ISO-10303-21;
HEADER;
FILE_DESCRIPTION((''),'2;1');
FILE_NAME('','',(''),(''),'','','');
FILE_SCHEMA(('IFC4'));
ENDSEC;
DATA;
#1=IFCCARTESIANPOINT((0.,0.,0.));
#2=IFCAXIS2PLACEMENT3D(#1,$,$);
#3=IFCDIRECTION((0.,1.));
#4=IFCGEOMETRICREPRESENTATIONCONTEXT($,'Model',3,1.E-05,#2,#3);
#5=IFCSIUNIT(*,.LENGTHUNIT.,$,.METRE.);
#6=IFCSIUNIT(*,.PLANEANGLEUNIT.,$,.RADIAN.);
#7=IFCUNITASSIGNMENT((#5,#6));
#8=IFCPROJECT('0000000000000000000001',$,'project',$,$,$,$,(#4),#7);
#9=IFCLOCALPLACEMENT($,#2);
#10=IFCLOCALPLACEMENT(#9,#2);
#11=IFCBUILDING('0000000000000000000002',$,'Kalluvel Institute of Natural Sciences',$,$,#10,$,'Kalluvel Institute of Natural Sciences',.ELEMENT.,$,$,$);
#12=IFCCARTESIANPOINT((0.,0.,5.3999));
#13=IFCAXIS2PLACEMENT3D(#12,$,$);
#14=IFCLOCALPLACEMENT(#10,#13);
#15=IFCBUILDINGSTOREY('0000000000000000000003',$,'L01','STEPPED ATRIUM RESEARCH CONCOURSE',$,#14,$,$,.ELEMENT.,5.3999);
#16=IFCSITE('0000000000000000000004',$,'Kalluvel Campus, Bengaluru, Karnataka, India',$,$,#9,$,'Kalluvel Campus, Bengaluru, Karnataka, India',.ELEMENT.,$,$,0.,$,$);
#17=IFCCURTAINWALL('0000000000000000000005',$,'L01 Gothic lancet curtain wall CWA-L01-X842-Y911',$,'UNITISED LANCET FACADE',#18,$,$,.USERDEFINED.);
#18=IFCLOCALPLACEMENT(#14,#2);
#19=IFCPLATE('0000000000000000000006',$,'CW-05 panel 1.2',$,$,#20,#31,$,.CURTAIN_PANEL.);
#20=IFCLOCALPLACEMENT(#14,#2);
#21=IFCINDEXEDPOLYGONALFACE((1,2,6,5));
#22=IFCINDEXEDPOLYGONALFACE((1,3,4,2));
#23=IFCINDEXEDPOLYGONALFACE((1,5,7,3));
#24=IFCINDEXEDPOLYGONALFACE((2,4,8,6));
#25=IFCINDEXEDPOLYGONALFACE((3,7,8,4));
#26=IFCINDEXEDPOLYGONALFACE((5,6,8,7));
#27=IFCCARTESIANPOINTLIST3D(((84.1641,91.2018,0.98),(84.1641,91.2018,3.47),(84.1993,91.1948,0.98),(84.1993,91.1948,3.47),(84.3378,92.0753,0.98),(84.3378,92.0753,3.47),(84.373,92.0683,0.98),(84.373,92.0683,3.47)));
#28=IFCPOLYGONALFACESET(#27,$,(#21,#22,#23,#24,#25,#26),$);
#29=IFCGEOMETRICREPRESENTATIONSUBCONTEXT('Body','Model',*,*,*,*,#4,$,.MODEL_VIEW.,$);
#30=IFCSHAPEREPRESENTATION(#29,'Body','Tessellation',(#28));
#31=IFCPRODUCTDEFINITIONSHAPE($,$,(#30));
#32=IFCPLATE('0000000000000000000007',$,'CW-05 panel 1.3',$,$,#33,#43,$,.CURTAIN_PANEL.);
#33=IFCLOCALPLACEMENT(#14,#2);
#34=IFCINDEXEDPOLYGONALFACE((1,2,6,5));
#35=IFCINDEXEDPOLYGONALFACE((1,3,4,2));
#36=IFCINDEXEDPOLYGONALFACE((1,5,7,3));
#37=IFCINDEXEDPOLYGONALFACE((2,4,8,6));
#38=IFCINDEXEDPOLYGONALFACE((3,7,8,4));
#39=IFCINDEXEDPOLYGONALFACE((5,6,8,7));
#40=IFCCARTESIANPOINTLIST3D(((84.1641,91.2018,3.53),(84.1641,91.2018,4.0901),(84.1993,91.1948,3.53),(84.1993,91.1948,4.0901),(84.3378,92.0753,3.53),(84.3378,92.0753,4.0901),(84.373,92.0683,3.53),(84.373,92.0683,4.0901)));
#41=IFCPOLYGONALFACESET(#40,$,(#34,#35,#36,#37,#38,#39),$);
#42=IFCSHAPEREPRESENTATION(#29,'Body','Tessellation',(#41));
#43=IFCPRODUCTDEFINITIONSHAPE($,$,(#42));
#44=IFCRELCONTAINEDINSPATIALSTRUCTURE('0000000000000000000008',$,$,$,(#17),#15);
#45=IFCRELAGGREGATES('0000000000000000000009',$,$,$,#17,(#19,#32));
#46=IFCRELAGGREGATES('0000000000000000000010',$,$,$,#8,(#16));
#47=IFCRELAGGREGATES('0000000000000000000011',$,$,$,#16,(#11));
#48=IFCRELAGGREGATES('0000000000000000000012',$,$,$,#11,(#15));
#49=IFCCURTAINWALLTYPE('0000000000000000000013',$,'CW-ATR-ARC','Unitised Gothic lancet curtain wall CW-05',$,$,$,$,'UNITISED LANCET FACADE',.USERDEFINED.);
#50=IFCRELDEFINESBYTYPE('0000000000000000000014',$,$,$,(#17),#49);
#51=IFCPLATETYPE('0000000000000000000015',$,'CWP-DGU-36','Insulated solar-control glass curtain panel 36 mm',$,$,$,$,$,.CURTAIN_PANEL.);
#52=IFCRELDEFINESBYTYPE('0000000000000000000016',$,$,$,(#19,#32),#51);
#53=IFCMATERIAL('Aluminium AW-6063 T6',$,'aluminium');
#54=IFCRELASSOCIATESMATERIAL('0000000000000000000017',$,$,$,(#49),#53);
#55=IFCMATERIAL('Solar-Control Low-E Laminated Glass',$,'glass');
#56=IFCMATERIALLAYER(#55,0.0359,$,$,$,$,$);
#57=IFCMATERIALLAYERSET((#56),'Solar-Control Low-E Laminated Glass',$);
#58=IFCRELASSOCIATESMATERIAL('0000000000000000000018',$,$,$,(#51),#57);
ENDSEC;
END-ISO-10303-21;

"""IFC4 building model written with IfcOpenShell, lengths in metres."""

from ifc_helpers import new_model, si_unit, direction, frame, origin, origin_2d, place, context, subcontext, project, spatial, rectangle, extrude, material, layer, layer_set, type_object, element, aggregate, save


model = new_model("IFC4")

# Units and contexts
model_context = context("Model", 3, precision=1e-05, world=origin(), true_north=direction((0.0, 1.0)))
body_context = subcontext(model_context, "Body", "Model", "MODEL_VIEW")
ifc_project = project(units=[si_unit("LENGTHUNIT", "METRE"), si_unit("PLANEANGLEUNIT", "RADIAN")], contexts=[model_context])

# Site, building, storey
site_placement = place(None, origin())
site = spatial("IfcSite", under=ifc_project, at=site_placement, Name="Kalluvel Campus, Bengaluru, Karnataka, India", LongName="Kalluvel Campus, Bengaluru, Karnataka, India", CompositionType="ELEMENT", RefElevation=0.0)
building_placement = place(site_placement, origin())
building = spatial("IfcBuilding", under=site, at=building_placement, Name="Kalluvel Institute of Natural Sciences", LongName="Kalluvel Institute of Natural Sciences", CompositionType="ELEMENT")
storey_placement = place(building_placement, frame((0.0, 0.0, 5.3999)))
storey = spatial("IfcBuildingStorey", under=building, at=storey_placement, Name="L01", Description="STEPPED ATRIUM RESEARCH CONCOURSE", CompositionType="ELEMENT", Elevation=5.3999)

# Shared definitions
ifc_material_1 = material(Name="Aluminium AW-6063 T6", Category="aluminium")
curtain_wall_type = type_object("IfcCurtainWallType", Name="CW-ATR-ARC", Description="Unitised Gothic lancet curtain wall CW-05", ElementType="UNITISED LANCET FACADE", PredefinedType="USERDEFINED", material=ifc_material_1)

# Curtain wall
curtain_wall_1_placement = place(storey_placement, origin())
curtain_wall_1 = element("IfcCurtainWall", 1, at=curtain_wall_1_placement, inside=storey, type_object=curtain_wall_type, Name="L01 Gothic lancet curtain wall CWA-L01-X842-Y911", ObjectType="UNITISED LANCET FACADE", PredefinedType="USERDEFINED")

# Plates
ifc_material_2 = material(Name="Solar-Control Low-E Laminated Glass", Category="glass")
ifc_layer = layer(ifc_material_2, 0.0359)
ifc_layer_set = layer_set([ifc_layer], Name="Solar-Control Low-E Laminated Glass")
plate_type = type_object("IfcPlateType", Name="CWP-DGU-36", Description="Insulated solar-control glass curtain panel 36 mm", PredefinedType="CURTAIN_PANEL", material=ifc_layer_set)
plate_1_placement = place(storey_placement, frame((84.2686, 91.635, 0.98), z_axis=(0.0, 0.0, 1.0), x_axis=(0.195077, 0.980788, 0.0)))
plate_1 = element("IfcPlate", 2, at=plate_1_placement, type_object=plate_type, Name="CW-05 panel 1.2", PredefinedType="CURTAIN_PANEL", context=body_context, shape_type="SweptSolid", body=[
    extrude(rectangle(XDim=0.8906, YDim=0.0359, at=origin_2d()), origin(), (0.0, 0.0, 1.0), 2.49),
])
plate_2_placement = place(storey_placement, frame((84.2686, 91.635, 3.53), z_axis=(0.0, 0.0, 1.0), x_axis=(0.195077, 0.980788, 0.0)))
plate_2 = element("IfcPlate", 3, at=plate_2_placement, type_object=plate_type, Name="CW-05 panel 1.3", PredefinedType="CURTAIN_PANEL", context=body_context, shape_type="SweptSolid", body=[
    extrude(rectangle(XDim=0.8906, YDim=0.0359, at=origin_2d()), origin(), (0.0, 0.0, 1.0), 0.5601),
])
aggregate(curtain_wall_1, [plate_1, plate_2])

save(model, "model.ifc")
